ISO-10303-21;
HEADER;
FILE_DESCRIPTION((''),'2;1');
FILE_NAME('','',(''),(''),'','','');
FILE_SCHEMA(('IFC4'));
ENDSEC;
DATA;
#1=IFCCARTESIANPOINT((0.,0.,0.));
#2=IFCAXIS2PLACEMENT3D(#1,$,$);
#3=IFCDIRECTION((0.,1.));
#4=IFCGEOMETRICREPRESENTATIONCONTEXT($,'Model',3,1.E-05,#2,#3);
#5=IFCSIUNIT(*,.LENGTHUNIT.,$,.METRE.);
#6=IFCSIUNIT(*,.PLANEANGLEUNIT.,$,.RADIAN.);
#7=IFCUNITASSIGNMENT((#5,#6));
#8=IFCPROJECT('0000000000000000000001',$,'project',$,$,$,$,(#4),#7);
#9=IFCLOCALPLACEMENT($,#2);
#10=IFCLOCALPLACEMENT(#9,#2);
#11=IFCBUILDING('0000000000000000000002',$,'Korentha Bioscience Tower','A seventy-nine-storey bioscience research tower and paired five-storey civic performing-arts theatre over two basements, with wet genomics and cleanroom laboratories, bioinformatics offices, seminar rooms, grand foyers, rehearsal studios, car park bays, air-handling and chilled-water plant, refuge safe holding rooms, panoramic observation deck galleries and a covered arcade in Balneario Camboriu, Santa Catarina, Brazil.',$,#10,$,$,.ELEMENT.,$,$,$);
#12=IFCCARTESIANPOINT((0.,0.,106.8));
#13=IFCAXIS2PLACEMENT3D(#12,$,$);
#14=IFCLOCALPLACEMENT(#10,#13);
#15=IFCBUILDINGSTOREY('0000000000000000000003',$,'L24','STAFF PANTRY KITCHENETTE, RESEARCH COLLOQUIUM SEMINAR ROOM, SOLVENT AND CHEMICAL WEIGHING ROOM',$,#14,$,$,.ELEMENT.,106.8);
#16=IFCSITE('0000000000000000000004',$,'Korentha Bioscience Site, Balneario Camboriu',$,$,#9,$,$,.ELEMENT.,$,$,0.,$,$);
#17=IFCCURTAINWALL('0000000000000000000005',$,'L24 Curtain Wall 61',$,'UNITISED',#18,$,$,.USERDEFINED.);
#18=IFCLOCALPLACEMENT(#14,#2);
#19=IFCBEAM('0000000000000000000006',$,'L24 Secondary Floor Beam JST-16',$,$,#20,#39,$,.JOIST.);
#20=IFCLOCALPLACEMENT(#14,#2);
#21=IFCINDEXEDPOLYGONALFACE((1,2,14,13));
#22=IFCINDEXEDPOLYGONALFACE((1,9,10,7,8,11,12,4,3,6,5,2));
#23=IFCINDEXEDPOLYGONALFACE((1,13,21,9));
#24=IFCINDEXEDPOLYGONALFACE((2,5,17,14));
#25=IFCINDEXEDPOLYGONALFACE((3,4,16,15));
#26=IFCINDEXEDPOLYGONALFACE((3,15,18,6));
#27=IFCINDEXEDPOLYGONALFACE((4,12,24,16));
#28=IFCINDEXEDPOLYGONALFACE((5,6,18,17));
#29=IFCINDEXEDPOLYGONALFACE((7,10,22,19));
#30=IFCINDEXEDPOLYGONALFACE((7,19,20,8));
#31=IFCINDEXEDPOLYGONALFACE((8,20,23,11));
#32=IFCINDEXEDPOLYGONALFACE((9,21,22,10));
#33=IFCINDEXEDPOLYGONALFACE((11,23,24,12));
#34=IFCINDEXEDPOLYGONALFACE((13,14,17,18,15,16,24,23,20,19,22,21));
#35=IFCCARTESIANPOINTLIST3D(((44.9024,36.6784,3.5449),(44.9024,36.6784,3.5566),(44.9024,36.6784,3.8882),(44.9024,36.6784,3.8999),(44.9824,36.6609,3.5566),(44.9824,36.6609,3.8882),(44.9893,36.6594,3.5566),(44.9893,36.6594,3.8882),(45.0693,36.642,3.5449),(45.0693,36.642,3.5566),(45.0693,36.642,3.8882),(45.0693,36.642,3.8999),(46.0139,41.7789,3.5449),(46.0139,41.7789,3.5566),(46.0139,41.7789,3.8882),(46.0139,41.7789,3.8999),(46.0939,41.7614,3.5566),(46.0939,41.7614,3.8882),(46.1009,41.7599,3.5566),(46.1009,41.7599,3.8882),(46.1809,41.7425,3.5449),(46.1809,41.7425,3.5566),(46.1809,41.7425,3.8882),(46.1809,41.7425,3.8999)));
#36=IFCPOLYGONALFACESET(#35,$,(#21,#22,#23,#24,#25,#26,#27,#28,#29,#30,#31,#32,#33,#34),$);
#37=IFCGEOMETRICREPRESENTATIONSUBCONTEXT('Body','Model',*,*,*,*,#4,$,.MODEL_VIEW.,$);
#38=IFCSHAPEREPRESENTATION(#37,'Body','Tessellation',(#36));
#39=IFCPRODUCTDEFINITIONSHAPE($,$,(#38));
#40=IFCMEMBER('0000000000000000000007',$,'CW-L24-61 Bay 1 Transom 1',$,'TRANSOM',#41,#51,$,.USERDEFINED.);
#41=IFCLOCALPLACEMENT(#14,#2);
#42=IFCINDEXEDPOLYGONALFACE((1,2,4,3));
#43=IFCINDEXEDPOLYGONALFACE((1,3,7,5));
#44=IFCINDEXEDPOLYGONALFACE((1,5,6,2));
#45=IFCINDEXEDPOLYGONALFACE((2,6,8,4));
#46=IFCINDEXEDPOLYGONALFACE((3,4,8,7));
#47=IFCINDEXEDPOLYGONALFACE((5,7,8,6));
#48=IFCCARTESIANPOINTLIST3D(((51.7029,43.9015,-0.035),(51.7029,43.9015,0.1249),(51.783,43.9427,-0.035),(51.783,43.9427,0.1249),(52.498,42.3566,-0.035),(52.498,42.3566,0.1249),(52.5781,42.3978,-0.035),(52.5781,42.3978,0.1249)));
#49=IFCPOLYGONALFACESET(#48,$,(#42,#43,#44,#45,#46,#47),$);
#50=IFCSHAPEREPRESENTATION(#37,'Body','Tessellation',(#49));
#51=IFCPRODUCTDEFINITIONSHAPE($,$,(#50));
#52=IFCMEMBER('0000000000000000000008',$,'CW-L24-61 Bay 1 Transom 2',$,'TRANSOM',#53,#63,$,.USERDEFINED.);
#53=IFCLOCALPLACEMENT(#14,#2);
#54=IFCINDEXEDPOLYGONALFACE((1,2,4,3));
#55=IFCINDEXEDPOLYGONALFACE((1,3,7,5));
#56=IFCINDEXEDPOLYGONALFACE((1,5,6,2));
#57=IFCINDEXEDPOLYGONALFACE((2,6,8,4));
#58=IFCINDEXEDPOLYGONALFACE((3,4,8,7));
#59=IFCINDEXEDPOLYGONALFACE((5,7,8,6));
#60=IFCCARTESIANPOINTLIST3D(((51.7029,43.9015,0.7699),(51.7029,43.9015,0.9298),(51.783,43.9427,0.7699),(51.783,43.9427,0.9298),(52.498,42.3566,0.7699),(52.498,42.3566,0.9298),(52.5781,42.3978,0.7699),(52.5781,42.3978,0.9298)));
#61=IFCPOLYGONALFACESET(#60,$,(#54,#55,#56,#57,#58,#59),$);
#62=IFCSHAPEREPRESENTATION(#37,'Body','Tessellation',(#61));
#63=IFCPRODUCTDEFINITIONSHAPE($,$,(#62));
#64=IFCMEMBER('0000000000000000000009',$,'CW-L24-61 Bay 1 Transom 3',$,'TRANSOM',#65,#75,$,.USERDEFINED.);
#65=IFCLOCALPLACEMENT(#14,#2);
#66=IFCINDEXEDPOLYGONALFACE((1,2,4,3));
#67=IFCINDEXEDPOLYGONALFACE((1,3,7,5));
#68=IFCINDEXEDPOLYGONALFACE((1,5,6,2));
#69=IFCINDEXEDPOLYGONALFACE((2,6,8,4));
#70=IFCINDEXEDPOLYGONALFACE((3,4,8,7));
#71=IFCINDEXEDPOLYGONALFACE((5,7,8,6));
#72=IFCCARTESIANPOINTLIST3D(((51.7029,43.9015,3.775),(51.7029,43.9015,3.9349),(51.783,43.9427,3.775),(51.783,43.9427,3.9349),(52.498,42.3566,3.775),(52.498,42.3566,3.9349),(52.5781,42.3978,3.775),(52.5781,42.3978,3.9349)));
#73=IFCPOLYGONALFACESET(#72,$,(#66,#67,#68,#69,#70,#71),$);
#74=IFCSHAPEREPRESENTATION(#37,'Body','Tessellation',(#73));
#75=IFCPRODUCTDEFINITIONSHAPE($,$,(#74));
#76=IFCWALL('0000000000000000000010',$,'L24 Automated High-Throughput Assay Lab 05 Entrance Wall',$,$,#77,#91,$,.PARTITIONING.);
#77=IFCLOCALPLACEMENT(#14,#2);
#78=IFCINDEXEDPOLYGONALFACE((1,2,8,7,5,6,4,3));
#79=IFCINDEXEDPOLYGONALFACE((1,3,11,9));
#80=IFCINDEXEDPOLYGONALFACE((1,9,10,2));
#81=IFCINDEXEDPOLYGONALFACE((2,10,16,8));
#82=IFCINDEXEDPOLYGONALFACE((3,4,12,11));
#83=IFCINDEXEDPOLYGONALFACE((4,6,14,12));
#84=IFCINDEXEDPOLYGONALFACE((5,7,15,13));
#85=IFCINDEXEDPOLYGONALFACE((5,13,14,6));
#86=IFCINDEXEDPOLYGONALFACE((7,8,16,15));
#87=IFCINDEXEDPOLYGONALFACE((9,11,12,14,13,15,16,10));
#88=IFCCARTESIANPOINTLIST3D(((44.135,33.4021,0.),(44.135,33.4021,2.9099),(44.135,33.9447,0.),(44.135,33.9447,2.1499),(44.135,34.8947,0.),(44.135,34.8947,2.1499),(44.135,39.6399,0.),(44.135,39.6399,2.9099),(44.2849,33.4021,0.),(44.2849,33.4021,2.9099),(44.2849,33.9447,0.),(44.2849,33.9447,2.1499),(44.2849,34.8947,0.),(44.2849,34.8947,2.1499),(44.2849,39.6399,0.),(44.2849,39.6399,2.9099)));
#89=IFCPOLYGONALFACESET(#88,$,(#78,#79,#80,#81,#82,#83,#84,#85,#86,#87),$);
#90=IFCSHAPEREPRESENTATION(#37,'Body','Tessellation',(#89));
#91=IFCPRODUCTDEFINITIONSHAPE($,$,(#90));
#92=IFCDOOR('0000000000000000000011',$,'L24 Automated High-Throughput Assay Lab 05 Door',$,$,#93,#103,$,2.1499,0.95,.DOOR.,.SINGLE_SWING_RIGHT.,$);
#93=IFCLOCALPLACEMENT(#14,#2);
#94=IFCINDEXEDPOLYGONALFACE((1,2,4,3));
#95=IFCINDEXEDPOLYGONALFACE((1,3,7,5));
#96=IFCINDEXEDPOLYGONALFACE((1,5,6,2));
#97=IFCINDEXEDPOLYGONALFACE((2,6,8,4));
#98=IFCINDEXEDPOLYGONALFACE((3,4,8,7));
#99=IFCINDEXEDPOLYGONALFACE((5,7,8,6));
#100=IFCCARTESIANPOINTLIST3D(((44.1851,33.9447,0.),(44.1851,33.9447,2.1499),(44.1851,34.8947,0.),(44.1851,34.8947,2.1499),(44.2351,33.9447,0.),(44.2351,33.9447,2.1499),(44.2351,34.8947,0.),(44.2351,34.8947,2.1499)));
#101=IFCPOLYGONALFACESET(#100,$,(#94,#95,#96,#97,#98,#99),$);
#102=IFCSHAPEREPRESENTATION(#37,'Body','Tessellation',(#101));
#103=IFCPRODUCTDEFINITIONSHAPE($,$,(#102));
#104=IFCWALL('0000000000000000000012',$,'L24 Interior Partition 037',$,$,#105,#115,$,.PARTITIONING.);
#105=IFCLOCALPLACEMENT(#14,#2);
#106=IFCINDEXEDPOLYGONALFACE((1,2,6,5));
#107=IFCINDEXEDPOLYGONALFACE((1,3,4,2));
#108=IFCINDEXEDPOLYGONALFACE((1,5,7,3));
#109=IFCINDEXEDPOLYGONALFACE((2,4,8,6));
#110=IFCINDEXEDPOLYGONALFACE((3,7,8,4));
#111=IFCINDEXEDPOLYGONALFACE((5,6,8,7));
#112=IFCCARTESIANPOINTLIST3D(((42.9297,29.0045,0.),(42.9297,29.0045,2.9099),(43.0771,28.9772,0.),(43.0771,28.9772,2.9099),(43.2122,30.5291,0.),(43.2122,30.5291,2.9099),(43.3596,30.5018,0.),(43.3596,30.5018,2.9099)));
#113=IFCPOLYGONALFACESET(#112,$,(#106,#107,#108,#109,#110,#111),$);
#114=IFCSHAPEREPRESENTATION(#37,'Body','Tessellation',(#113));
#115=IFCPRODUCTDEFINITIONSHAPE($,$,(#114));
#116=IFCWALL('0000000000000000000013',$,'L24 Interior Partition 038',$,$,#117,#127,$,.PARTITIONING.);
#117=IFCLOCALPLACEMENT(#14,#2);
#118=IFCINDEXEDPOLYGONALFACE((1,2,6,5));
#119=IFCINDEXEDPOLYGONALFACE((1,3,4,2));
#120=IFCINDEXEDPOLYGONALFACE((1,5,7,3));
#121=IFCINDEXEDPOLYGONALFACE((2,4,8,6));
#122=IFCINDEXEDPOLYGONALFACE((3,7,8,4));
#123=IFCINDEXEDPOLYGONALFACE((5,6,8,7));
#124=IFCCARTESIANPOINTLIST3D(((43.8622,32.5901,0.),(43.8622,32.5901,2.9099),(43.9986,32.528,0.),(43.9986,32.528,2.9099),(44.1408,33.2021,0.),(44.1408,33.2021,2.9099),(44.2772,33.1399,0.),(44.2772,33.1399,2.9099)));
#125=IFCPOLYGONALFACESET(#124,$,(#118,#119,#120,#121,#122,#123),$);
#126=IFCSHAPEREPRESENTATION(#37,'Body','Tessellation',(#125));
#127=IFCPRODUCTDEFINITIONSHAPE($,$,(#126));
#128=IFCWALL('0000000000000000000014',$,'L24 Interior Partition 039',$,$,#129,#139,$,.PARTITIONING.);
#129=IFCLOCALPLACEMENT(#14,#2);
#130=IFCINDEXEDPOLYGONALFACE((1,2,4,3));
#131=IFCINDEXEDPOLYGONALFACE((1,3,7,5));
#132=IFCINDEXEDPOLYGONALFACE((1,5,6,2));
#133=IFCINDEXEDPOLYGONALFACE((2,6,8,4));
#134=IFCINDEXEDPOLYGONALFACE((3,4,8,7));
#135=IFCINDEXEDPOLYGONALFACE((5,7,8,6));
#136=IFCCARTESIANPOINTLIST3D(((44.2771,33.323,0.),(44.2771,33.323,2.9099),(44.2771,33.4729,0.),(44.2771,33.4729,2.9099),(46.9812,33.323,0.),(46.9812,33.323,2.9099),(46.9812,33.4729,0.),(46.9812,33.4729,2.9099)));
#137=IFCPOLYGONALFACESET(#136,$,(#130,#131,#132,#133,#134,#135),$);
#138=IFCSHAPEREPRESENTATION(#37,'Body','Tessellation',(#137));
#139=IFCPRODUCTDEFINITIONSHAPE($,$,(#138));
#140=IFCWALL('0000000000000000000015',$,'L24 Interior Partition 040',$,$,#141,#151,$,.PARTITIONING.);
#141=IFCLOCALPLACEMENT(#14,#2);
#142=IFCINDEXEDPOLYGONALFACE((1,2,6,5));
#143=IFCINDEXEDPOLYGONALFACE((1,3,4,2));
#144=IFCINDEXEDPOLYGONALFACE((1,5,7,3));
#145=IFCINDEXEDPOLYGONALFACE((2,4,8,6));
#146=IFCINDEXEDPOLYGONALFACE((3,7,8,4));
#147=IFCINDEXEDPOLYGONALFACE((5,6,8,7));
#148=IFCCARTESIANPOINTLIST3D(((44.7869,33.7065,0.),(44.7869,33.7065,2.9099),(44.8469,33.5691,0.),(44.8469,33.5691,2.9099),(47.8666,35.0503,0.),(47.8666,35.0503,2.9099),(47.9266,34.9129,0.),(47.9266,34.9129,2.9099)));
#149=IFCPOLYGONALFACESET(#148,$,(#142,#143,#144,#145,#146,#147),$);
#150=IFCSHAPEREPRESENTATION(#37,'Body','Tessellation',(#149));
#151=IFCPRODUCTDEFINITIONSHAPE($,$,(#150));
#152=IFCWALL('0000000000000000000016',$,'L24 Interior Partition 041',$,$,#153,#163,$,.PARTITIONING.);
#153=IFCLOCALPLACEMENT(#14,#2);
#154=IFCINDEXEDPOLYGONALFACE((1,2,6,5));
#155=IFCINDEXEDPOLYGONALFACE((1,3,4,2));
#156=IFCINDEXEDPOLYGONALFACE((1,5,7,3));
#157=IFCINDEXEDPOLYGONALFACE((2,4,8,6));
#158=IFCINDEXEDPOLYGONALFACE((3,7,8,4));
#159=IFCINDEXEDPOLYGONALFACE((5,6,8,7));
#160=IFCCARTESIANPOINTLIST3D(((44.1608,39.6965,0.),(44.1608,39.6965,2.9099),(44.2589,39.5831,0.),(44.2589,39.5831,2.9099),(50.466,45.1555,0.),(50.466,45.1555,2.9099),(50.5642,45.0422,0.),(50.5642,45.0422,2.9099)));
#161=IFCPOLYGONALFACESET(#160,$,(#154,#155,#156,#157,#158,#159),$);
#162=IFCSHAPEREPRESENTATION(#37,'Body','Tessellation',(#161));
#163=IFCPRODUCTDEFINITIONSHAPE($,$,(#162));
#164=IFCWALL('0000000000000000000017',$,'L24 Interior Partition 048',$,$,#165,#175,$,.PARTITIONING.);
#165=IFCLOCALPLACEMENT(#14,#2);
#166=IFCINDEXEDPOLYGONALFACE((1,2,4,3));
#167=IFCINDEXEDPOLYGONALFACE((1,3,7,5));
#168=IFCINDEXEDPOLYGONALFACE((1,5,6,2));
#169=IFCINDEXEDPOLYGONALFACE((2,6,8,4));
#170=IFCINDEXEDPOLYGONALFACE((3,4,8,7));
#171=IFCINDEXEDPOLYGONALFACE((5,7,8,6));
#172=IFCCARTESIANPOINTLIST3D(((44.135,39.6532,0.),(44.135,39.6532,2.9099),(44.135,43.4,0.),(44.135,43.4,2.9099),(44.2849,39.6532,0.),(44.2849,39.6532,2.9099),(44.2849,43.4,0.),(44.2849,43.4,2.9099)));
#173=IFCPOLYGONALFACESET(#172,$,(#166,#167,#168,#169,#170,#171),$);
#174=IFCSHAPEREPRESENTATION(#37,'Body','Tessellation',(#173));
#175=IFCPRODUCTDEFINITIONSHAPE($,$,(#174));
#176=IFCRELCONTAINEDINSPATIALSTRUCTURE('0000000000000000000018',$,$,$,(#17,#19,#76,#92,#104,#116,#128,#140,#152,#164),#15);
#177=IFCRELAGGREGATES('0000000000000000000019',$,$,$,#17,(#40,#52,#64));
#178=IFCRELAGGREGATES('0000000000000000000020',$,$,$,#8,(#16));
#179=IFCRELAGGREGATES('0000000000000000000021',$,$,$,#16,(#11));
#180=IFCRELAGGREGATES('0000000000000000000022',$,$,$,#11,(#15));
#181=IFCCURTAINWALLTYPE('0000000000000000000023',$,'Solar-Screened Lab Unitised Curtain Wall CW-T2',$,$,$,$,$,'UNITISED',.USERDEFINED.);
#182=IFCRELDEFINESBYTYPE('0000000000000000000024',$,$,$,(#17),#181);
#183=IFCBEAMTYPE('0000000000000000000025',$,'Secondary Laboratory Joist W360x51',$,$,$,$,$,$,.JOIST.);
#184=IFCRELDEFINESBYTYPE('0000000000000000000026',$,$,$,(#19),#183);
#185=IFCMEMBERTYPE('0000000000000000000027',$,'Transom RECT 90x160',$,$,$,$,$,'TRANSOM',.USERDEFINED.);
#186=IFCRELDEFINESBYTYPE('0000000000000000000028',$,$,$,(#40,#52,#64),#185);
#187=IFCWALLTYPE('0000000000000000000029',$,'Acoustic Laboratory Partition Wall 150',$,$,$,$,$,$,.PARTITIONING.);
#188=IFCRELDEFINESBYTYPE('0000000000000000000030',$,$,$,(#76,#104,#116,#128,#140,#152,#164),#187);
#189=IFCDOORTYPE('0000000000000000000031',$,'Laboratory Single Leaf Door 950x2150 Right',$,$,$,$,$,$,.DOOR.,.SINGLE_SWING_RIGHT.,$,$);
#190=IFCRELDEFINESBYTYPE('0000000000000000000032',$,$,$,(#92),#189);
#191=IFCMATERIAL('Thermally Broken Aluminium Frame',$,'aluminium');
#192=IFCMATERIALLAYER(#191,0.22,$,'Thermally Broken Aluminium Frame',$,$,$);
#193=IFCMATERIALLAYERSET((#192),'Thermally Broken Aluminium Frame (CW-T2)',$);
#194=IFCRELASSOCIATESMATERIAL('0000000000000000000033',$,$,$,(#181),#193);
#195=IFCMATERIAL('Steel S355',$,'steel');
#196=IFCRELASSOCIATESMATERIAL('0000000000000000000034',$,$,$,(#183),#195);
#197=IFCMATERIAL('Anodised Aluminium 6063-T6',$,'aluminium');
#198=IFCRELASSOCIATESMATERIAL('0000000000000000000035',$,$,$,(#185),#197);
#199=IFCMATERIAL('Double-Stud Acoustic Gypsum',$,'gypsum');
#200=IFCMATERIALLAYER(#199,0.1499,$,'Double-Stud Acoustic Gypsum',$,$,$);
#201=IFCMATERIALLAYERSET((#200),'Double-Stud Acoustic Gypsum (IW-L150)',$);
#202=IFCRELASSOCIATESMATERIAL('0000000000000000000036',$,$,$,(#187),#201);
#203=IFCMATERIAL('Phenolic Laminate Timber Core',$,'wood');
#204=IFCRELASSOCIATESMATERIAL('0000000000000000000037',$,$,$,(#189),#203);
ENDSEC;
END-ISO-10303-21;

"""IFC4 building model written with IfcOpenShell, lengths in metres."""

from ifc_helpers import new_model, si_unit, direction, frame, frame_2d, origin, origin_2d, place, context, subcontext, project, spatial, rectangle, i_section, extrude, material, layer, layer_set, material_profile, profile_set, type_object, element, fill, aggregate, save


model = new_model("IFC4")

# Units and contexts
model_context = context("Model", 3, precision=1e-05, world=origin(), true_north=direction((0.0, 1.0)))
body_context = subcontext(model_context, "Body", "Model", "MODEL_VIEW")
ifc_project = project(units=[si_unit("LENGTHUNIT", "METRE"), si_unit("PLANEANGLEUNIT", "RADIAN")], contexts=[model_context])

# Site, building, storey
site_placement = place(None, origin())
site = spatial("IfcSite", under=ifc_project, at=site_placement, Name="Korentha Bioscience Site, Balneario Camboriu", CompositionType="ELEMENT", RefElevation=0.0)
building_placement = place(site_placement, origin())
building = spatial("IfcBuilding", under=site, at=building_placement, Name="Korentha Bioscience Tower", Description="A seventy-nine-storey bioscience research tower and paired five-storey civic performing-arts theatre over two basements, with wet genomics and cleanroom laboratories, bioinformatics offices, seminar rooms, grand foyers, rehearsal studios, car park bays, air-handling and chilled-water plant, refuge safe holding rooms, panoramic observation deck galleries and a covered arcade in Balneario Camboriu, Santa Catarina, Brazil.", CompositionType="ELEMENT")
storey_placement = place(building_placement, frame((0.0, 0.0, 106.8)))
storey = spatial("IfcBuildingStorey", under=building, at=storey_placement, Name="L24", Description="STAFF PANTRY KITCHENETTE, RESEARCH COLLOQUIUM SEMINAR ROOM, SOLVENT AND CHEMICAL WEIGHING ROOM", CompositionType="ELEMENT", Elevation=106.8)

# Shared definitions
ifc_material_1 = material(Name="Steel S355", Category="steel")

# Curtain wall
ifc_material_2 = material(Name="Thermally Broken Aluminium Frame", Category="aluminium")
ifc_layer_1 = layer(ifc_material_2, 0.22, Name="Thermally Broken Aluminium Frame")
ifc_layer_set_1 = layer_set([ifc_layer_1], Name="Thermally Broken Aluminium Frame (CW-T2)")
curtain_wall_type = type_object("IfcCurtainWallType", Name="Solar-Screened Lab Unitised Curtain Wall CW-T2", ElementType="UNITISED", PredefinedType="USERDEFINED", material=ifc_layer_set_1)
curtain_wall_placement = place(storey_placement, origin())
curtain_wall = element("IfcCurtainWall", 1, at=curtain_wall_placement, inside=storey, type_object=curtain_wall_type, Name="L24 Curtain Wall 61", ObjectType="UNITISED", PredefinedType="USERDEFINED")
ifc_material_3 = material(Name="Anodised Aluminium 6063-T6", Category="aluminium")

# Beam
ifc_material_profile_1 = material_profile(ifc_material_1, i_section(OverallWidth=0.1709, OverallDepth=0.355, WebThickness=0.0071, FlangeThickness=0.0117, at=origin_2d()), Name="Steel S355")
ifc_profile_set_1 = profile_set([ifc_material_profile_1], Name="Steel S355 (JB-360)")
beam_type_1 = type_object("IfcBeamType", Name="Secondary Laboratory Joist W360x51", PredefinedType="JOIST", material=ifc_profile_set_1)
beam_1_placement = place(storey_placement, frame((44.9858, 36.6602, 3.7224), z_axis=(0.212932, 0.977067, 0.0), x_axis=(-0.977067, 0.212932, 0.0)))
element("IfcBeam", 2, at=beam_1_placement, inside=storey, type_object=beam_type_1, Name="L24 Secondary Floor Beam JST-16", PredefinedType="JOIST", context=body_context, shape_type="SweptSolid", body=[
    extrude(i_section(OverallWidth=0.1709, OverallDepth=0.355, WebThickness=0.0071, FlangeThickness=0.0117, at=origin_2d()), origin(), (0.0, 0.0, 1.0), 5.2202),
])

# Members
ifc_material_profile_2 = material_profile(ifc_material_3, rectangle(XDim=0.0901, YDim=0.1599, at=origin_2d()), Name="Anodised Aluminium 6063-T6")
ifc_profile_set_2 = profile_set([ifc_material_profile_2], Name="Anodised Aluminium 6063-T6 (CW-TRN)")
member_type_1 = type_object("IfcMemberType", Name="Transom RECT 90x160", ElementType="TRANSOM", PredefinedType="USERDEFINED", material=ifc_profile_set_2)
member_1_placement = place(storey_placement, frame((52.5381, 42.3772, 0.0449), z_axis=(-0.457637, 0.889139, 0.0), x_axis=(-0.889139, -0.457637, 0.0)))
member_1 = element("IfcMember", 3, at=member_1_placement, type_object=member_type_1, Name="CW-L24-61 Bay 1 Transom 1", ObjectType="TRANSOM", PredefinedType="USERDEFINED", context=body_context, shape_type="SweptSolid", body=[
    extrude(rectangle(XDim=0.0901, YDim=0.1599, at=origin_2d()), origin(), (0.0, 0.0, 1.0), 1.7375),
])
member_2_placement = place(storey_placement, frame((52.5381, 42.3772, 0.8499), z_axis=(-0.457637, 0.889139, 0.0), x_axis=(-0.889139, -0.457637, 0.0)))
member_2 = element("IfcMember", 4, at=member_2_placement, type_object=member_type_1, Name="CW-L24-61 Bay 1 Transom 2", ObjectType="TRANSOM", PredefinedType="USERDEFINED", context=body_context, shape_type="SweptSolid", body=[
    extrude(rectangle(XDim=0.0901, YDim=0.1599, at=origin_2d()), origin(), (0.0, 0.0, 1.0), 1.7375),
])
member_3_placement = place(storey_placement, frame((52.5381, 42.3772, 3.855), z_axis=(-0.457637, 0.889139, 0.0), x_axis=(-0.889139, -0.457637, 0.0)))
member_3 = element("IfcMember", 5, at=member_3_placement, type_object=member_type_1, Name="CW-L24-61 Bay 1 Transom 3", ObjectType="TRANSOM", PredefinedType="USERDEFINED", context=body_context, shape_type="SweptSolid", body=[
    extrude(rectangle(XDim=0.0901, YDim=0.1599, at=origin_2d()), origin(), (0.0, 0.0, 1.0), 1.7375),
])
aggregate(curtain_wall, [member_1, member_2, member_3])

# Wall, opening, door
ifc_material_4 = material(Name="Double-Stud Acoustic Gypsum", Category="gypsum")
ifc_layer_2 = layer(ifc_material_4, 0.1499, Name="Double-Stud Acoustic Gypsum")
ifc_layer_set_2 = layer_set([ifc_layer_2], Name="Double-Stud Acoustic Gypsum (IW-L150)")
wall_type_1 = type_object("IfcWallType", Name="Acoustic Laboratory Partition Wall 150", PredefinedType="PARTITIONING", material=ifc_layer_set_2)
ifc_material_5 = material(Name="Phenolic Laminate Timber Core", Category="wood")
wall_1_placement = place(storey_placement, frame((44.21, 33.4021, 0.0), z_axis=(0.0, 0.0, 1.0), x_axis=(0.0, 1.0, 0.0)))
wall_1 = element("IfcWall", 6, at=wall_1_placement, inside=storey, type_object=wall_type_1, Name="L24 Automated High-Throughput Assay Lab 05 Entrance Wall", PredefinedType="PARTITIONING", context=body_context, shape_type="SweptSolid", body=[
    extrude(rectangle(XDim=6.2378, YDim=0.1499, at=frame_2d((3.1189, 0.0))), origin(), (0.0, 0.0, 1.0), 2.9099),
])
opening_1_placement = place(wall_1_placement, frame((0.5425, 0.0, 0.0)))
opening_1 = element("IfcOpeningElement", 7, at=opening_1_placement, cuts=wall_1, PredefinedType="OPENING", context=body_context, shape_type="SweptSolid", body=[
    extrude(rectangle(XDim=0.95, YDim=2.1499, at=frame_2d((0.4751, 1.075))), frame((0.0, 0.0898, 0.0), z_axis=(0.0, -1.0, 0.0), x_axis=(1.0, 0.0, 0.0)), (0.0, 0.0, 1.0), 0.1797),
])
door_type_1 = type_object("IfcDoorType", Name="Laboratory Single Leaf Door 950x2150 Right", OperationType="SINGLE_SWING_RIGHT", PredefinedType="DOOR", material=ifc_material_5)
door_1_placement = place(opening_1_placement, origin())
door_1 = element("IfcDoor", 8, at=door_1_placement, inside=storey, type_object=door_type_1, Name="L24 Automated High-Throughput Assay Lab 05 Door", OperationType="SINGLE_SWING_RIGHT", OverallHeight=2.1499, OverallWidth=0.95, PredefinedType="DOOR", context=body_context, shape_type="SweptSolid", body=[
    extrude(rectangle(XDim=0.95, YDim=2.1499, at=frame_2d((0.4751, 1.075))), frame((0.0, 0.0249, 0.0), z_axis=(0.0, -1.0, 0.0), x_axis=(1.0, 0.0, 0.0)), (0.0, 0.0, 1.0), 0.05),
])
fill(opening_1, door_1)

# Walls
wall_2_placement = place(storey_placement, frame((43.0034, 28.9907, 0.0), z_axis=(0.0, 0.0, 1.0), x_axis=(0.182168, 0.983267, 0.0)))
element("IfcWall", 9, at=wall_2_placement, inside=storey, type_object=wall_type_1, Name="L24 Interior Partition 037", PredefinedType="PARTITIONING", context=body_context, shape_type="SweptSolid", body=[
    extrude(rectangle(XDim=1.5505, YDim=0.1499, at=frame_2d((0.7754, 0.0))), origin(), (0.0, 0.0, 1.0), 2.9099),
])
wall_3_placement = place(storey_placement, frame((43.9304, 32.5591, 0.0), z_axis=(0.0, 0.0, 1.0), x_axis=(0.414377, 0.910105, 0.0)))
element("IfcWall", 10, at=wall_3_placement, inside=storey, type_object=wall_type_1, Name="L24 Interior Partition 038", PredefinedType="PARTITIONING", context=body_context, shape_type="SweptSolid", body=[
    extrude(rectangle(XDim=0.6724, YDim=0.1499, at=frame_2d((0.3362, 0.0))), origin(), (0.0, 0.0, 1.0), 2.9099),
])
wall_4_placement = place(storey_placement, frame((44.2771, 33.3979, 0.0), z_axis=(0.0, 0.0, 1.0), x_axis=(1.0, 0.0, 0.0)))
element("IfcWall", 11, at=wall_4_placement, inside=storey, type_object=wall_type_1, Name="L24 Interior Partition 039", PredefinedType="PARTITIONING", context=body_context, shape_type="SweptSolid", body=[
    extrude(rectangle(XDim=2.7041, YDim=0.1499, at=frame_2d((1.3521, 0.0))), origin(), (0.0, 0.0, 1.0), 2.9099),
])
wall_5_placement = place(storey_placement, frame((47.8967, 34.9817, 0.0), z_axis=(0.0, 0.0, 1.0), x_axis=(-0.916547, -0.399927, 0.0)))
element("IfcWall", 12, at=wall_5_placement, inside=storey, type_object=wall_type_1, Name="L24 Interior Partition 040", PredefinedType="PARTITIONING", context=body_context, shape_type="SweptSolid", body=[
    extrude(rectangle(XDim=3.3601, YDim=0.1499, at=frame_2d((1.6802, 0.0))), origin(), (0.0, 0.0, 1.0), 2.9099),
])
wall_6_placement = place(storey_placement, frame((44.21, 39.6399, 0.0), z_axis=(0.0, 0.0, 1.0), x_axis=(0.756015, 0.654554, 0.0)))
element("IfcWall", 13, at=wall_6_placement, inside=storey, type_object=wall_type_1, Name="L24 Interior Partition 041", PredefinedType="PARTITIONING", context=body_context, shape_type="SweptSolid", body=[
    extrude(rectangle(XDim=8.3401, YDim=0.1499, at=frame_2d((4.1699, 0.0))), origin(), (0.0, 0.0, 1.0), 2.9099),
])
wall_7_placement = place(storey_placement, frame((44.21, 39.6531, 0.0), z_axis=(0.0, 0.0, 1.0), x_axis=(0.0, 1.0, 0.0)))
element("IfcWall", 14, at=wall_7_placement, inside=storey, type_object=wall_type_1, Name="L24 Interior Partition 048", PredefinedType="PARTITIONING", context=body_context, shape_type="SweptSolid", body=[
    extrude(rectangle(XDim=3.7468, YDim=0.1499, at=frame_2d((1.8735, 0.0))), origin(), (0.0, 0.0, 1.0), 2.9099),
])

save(model, "model.ifc")
